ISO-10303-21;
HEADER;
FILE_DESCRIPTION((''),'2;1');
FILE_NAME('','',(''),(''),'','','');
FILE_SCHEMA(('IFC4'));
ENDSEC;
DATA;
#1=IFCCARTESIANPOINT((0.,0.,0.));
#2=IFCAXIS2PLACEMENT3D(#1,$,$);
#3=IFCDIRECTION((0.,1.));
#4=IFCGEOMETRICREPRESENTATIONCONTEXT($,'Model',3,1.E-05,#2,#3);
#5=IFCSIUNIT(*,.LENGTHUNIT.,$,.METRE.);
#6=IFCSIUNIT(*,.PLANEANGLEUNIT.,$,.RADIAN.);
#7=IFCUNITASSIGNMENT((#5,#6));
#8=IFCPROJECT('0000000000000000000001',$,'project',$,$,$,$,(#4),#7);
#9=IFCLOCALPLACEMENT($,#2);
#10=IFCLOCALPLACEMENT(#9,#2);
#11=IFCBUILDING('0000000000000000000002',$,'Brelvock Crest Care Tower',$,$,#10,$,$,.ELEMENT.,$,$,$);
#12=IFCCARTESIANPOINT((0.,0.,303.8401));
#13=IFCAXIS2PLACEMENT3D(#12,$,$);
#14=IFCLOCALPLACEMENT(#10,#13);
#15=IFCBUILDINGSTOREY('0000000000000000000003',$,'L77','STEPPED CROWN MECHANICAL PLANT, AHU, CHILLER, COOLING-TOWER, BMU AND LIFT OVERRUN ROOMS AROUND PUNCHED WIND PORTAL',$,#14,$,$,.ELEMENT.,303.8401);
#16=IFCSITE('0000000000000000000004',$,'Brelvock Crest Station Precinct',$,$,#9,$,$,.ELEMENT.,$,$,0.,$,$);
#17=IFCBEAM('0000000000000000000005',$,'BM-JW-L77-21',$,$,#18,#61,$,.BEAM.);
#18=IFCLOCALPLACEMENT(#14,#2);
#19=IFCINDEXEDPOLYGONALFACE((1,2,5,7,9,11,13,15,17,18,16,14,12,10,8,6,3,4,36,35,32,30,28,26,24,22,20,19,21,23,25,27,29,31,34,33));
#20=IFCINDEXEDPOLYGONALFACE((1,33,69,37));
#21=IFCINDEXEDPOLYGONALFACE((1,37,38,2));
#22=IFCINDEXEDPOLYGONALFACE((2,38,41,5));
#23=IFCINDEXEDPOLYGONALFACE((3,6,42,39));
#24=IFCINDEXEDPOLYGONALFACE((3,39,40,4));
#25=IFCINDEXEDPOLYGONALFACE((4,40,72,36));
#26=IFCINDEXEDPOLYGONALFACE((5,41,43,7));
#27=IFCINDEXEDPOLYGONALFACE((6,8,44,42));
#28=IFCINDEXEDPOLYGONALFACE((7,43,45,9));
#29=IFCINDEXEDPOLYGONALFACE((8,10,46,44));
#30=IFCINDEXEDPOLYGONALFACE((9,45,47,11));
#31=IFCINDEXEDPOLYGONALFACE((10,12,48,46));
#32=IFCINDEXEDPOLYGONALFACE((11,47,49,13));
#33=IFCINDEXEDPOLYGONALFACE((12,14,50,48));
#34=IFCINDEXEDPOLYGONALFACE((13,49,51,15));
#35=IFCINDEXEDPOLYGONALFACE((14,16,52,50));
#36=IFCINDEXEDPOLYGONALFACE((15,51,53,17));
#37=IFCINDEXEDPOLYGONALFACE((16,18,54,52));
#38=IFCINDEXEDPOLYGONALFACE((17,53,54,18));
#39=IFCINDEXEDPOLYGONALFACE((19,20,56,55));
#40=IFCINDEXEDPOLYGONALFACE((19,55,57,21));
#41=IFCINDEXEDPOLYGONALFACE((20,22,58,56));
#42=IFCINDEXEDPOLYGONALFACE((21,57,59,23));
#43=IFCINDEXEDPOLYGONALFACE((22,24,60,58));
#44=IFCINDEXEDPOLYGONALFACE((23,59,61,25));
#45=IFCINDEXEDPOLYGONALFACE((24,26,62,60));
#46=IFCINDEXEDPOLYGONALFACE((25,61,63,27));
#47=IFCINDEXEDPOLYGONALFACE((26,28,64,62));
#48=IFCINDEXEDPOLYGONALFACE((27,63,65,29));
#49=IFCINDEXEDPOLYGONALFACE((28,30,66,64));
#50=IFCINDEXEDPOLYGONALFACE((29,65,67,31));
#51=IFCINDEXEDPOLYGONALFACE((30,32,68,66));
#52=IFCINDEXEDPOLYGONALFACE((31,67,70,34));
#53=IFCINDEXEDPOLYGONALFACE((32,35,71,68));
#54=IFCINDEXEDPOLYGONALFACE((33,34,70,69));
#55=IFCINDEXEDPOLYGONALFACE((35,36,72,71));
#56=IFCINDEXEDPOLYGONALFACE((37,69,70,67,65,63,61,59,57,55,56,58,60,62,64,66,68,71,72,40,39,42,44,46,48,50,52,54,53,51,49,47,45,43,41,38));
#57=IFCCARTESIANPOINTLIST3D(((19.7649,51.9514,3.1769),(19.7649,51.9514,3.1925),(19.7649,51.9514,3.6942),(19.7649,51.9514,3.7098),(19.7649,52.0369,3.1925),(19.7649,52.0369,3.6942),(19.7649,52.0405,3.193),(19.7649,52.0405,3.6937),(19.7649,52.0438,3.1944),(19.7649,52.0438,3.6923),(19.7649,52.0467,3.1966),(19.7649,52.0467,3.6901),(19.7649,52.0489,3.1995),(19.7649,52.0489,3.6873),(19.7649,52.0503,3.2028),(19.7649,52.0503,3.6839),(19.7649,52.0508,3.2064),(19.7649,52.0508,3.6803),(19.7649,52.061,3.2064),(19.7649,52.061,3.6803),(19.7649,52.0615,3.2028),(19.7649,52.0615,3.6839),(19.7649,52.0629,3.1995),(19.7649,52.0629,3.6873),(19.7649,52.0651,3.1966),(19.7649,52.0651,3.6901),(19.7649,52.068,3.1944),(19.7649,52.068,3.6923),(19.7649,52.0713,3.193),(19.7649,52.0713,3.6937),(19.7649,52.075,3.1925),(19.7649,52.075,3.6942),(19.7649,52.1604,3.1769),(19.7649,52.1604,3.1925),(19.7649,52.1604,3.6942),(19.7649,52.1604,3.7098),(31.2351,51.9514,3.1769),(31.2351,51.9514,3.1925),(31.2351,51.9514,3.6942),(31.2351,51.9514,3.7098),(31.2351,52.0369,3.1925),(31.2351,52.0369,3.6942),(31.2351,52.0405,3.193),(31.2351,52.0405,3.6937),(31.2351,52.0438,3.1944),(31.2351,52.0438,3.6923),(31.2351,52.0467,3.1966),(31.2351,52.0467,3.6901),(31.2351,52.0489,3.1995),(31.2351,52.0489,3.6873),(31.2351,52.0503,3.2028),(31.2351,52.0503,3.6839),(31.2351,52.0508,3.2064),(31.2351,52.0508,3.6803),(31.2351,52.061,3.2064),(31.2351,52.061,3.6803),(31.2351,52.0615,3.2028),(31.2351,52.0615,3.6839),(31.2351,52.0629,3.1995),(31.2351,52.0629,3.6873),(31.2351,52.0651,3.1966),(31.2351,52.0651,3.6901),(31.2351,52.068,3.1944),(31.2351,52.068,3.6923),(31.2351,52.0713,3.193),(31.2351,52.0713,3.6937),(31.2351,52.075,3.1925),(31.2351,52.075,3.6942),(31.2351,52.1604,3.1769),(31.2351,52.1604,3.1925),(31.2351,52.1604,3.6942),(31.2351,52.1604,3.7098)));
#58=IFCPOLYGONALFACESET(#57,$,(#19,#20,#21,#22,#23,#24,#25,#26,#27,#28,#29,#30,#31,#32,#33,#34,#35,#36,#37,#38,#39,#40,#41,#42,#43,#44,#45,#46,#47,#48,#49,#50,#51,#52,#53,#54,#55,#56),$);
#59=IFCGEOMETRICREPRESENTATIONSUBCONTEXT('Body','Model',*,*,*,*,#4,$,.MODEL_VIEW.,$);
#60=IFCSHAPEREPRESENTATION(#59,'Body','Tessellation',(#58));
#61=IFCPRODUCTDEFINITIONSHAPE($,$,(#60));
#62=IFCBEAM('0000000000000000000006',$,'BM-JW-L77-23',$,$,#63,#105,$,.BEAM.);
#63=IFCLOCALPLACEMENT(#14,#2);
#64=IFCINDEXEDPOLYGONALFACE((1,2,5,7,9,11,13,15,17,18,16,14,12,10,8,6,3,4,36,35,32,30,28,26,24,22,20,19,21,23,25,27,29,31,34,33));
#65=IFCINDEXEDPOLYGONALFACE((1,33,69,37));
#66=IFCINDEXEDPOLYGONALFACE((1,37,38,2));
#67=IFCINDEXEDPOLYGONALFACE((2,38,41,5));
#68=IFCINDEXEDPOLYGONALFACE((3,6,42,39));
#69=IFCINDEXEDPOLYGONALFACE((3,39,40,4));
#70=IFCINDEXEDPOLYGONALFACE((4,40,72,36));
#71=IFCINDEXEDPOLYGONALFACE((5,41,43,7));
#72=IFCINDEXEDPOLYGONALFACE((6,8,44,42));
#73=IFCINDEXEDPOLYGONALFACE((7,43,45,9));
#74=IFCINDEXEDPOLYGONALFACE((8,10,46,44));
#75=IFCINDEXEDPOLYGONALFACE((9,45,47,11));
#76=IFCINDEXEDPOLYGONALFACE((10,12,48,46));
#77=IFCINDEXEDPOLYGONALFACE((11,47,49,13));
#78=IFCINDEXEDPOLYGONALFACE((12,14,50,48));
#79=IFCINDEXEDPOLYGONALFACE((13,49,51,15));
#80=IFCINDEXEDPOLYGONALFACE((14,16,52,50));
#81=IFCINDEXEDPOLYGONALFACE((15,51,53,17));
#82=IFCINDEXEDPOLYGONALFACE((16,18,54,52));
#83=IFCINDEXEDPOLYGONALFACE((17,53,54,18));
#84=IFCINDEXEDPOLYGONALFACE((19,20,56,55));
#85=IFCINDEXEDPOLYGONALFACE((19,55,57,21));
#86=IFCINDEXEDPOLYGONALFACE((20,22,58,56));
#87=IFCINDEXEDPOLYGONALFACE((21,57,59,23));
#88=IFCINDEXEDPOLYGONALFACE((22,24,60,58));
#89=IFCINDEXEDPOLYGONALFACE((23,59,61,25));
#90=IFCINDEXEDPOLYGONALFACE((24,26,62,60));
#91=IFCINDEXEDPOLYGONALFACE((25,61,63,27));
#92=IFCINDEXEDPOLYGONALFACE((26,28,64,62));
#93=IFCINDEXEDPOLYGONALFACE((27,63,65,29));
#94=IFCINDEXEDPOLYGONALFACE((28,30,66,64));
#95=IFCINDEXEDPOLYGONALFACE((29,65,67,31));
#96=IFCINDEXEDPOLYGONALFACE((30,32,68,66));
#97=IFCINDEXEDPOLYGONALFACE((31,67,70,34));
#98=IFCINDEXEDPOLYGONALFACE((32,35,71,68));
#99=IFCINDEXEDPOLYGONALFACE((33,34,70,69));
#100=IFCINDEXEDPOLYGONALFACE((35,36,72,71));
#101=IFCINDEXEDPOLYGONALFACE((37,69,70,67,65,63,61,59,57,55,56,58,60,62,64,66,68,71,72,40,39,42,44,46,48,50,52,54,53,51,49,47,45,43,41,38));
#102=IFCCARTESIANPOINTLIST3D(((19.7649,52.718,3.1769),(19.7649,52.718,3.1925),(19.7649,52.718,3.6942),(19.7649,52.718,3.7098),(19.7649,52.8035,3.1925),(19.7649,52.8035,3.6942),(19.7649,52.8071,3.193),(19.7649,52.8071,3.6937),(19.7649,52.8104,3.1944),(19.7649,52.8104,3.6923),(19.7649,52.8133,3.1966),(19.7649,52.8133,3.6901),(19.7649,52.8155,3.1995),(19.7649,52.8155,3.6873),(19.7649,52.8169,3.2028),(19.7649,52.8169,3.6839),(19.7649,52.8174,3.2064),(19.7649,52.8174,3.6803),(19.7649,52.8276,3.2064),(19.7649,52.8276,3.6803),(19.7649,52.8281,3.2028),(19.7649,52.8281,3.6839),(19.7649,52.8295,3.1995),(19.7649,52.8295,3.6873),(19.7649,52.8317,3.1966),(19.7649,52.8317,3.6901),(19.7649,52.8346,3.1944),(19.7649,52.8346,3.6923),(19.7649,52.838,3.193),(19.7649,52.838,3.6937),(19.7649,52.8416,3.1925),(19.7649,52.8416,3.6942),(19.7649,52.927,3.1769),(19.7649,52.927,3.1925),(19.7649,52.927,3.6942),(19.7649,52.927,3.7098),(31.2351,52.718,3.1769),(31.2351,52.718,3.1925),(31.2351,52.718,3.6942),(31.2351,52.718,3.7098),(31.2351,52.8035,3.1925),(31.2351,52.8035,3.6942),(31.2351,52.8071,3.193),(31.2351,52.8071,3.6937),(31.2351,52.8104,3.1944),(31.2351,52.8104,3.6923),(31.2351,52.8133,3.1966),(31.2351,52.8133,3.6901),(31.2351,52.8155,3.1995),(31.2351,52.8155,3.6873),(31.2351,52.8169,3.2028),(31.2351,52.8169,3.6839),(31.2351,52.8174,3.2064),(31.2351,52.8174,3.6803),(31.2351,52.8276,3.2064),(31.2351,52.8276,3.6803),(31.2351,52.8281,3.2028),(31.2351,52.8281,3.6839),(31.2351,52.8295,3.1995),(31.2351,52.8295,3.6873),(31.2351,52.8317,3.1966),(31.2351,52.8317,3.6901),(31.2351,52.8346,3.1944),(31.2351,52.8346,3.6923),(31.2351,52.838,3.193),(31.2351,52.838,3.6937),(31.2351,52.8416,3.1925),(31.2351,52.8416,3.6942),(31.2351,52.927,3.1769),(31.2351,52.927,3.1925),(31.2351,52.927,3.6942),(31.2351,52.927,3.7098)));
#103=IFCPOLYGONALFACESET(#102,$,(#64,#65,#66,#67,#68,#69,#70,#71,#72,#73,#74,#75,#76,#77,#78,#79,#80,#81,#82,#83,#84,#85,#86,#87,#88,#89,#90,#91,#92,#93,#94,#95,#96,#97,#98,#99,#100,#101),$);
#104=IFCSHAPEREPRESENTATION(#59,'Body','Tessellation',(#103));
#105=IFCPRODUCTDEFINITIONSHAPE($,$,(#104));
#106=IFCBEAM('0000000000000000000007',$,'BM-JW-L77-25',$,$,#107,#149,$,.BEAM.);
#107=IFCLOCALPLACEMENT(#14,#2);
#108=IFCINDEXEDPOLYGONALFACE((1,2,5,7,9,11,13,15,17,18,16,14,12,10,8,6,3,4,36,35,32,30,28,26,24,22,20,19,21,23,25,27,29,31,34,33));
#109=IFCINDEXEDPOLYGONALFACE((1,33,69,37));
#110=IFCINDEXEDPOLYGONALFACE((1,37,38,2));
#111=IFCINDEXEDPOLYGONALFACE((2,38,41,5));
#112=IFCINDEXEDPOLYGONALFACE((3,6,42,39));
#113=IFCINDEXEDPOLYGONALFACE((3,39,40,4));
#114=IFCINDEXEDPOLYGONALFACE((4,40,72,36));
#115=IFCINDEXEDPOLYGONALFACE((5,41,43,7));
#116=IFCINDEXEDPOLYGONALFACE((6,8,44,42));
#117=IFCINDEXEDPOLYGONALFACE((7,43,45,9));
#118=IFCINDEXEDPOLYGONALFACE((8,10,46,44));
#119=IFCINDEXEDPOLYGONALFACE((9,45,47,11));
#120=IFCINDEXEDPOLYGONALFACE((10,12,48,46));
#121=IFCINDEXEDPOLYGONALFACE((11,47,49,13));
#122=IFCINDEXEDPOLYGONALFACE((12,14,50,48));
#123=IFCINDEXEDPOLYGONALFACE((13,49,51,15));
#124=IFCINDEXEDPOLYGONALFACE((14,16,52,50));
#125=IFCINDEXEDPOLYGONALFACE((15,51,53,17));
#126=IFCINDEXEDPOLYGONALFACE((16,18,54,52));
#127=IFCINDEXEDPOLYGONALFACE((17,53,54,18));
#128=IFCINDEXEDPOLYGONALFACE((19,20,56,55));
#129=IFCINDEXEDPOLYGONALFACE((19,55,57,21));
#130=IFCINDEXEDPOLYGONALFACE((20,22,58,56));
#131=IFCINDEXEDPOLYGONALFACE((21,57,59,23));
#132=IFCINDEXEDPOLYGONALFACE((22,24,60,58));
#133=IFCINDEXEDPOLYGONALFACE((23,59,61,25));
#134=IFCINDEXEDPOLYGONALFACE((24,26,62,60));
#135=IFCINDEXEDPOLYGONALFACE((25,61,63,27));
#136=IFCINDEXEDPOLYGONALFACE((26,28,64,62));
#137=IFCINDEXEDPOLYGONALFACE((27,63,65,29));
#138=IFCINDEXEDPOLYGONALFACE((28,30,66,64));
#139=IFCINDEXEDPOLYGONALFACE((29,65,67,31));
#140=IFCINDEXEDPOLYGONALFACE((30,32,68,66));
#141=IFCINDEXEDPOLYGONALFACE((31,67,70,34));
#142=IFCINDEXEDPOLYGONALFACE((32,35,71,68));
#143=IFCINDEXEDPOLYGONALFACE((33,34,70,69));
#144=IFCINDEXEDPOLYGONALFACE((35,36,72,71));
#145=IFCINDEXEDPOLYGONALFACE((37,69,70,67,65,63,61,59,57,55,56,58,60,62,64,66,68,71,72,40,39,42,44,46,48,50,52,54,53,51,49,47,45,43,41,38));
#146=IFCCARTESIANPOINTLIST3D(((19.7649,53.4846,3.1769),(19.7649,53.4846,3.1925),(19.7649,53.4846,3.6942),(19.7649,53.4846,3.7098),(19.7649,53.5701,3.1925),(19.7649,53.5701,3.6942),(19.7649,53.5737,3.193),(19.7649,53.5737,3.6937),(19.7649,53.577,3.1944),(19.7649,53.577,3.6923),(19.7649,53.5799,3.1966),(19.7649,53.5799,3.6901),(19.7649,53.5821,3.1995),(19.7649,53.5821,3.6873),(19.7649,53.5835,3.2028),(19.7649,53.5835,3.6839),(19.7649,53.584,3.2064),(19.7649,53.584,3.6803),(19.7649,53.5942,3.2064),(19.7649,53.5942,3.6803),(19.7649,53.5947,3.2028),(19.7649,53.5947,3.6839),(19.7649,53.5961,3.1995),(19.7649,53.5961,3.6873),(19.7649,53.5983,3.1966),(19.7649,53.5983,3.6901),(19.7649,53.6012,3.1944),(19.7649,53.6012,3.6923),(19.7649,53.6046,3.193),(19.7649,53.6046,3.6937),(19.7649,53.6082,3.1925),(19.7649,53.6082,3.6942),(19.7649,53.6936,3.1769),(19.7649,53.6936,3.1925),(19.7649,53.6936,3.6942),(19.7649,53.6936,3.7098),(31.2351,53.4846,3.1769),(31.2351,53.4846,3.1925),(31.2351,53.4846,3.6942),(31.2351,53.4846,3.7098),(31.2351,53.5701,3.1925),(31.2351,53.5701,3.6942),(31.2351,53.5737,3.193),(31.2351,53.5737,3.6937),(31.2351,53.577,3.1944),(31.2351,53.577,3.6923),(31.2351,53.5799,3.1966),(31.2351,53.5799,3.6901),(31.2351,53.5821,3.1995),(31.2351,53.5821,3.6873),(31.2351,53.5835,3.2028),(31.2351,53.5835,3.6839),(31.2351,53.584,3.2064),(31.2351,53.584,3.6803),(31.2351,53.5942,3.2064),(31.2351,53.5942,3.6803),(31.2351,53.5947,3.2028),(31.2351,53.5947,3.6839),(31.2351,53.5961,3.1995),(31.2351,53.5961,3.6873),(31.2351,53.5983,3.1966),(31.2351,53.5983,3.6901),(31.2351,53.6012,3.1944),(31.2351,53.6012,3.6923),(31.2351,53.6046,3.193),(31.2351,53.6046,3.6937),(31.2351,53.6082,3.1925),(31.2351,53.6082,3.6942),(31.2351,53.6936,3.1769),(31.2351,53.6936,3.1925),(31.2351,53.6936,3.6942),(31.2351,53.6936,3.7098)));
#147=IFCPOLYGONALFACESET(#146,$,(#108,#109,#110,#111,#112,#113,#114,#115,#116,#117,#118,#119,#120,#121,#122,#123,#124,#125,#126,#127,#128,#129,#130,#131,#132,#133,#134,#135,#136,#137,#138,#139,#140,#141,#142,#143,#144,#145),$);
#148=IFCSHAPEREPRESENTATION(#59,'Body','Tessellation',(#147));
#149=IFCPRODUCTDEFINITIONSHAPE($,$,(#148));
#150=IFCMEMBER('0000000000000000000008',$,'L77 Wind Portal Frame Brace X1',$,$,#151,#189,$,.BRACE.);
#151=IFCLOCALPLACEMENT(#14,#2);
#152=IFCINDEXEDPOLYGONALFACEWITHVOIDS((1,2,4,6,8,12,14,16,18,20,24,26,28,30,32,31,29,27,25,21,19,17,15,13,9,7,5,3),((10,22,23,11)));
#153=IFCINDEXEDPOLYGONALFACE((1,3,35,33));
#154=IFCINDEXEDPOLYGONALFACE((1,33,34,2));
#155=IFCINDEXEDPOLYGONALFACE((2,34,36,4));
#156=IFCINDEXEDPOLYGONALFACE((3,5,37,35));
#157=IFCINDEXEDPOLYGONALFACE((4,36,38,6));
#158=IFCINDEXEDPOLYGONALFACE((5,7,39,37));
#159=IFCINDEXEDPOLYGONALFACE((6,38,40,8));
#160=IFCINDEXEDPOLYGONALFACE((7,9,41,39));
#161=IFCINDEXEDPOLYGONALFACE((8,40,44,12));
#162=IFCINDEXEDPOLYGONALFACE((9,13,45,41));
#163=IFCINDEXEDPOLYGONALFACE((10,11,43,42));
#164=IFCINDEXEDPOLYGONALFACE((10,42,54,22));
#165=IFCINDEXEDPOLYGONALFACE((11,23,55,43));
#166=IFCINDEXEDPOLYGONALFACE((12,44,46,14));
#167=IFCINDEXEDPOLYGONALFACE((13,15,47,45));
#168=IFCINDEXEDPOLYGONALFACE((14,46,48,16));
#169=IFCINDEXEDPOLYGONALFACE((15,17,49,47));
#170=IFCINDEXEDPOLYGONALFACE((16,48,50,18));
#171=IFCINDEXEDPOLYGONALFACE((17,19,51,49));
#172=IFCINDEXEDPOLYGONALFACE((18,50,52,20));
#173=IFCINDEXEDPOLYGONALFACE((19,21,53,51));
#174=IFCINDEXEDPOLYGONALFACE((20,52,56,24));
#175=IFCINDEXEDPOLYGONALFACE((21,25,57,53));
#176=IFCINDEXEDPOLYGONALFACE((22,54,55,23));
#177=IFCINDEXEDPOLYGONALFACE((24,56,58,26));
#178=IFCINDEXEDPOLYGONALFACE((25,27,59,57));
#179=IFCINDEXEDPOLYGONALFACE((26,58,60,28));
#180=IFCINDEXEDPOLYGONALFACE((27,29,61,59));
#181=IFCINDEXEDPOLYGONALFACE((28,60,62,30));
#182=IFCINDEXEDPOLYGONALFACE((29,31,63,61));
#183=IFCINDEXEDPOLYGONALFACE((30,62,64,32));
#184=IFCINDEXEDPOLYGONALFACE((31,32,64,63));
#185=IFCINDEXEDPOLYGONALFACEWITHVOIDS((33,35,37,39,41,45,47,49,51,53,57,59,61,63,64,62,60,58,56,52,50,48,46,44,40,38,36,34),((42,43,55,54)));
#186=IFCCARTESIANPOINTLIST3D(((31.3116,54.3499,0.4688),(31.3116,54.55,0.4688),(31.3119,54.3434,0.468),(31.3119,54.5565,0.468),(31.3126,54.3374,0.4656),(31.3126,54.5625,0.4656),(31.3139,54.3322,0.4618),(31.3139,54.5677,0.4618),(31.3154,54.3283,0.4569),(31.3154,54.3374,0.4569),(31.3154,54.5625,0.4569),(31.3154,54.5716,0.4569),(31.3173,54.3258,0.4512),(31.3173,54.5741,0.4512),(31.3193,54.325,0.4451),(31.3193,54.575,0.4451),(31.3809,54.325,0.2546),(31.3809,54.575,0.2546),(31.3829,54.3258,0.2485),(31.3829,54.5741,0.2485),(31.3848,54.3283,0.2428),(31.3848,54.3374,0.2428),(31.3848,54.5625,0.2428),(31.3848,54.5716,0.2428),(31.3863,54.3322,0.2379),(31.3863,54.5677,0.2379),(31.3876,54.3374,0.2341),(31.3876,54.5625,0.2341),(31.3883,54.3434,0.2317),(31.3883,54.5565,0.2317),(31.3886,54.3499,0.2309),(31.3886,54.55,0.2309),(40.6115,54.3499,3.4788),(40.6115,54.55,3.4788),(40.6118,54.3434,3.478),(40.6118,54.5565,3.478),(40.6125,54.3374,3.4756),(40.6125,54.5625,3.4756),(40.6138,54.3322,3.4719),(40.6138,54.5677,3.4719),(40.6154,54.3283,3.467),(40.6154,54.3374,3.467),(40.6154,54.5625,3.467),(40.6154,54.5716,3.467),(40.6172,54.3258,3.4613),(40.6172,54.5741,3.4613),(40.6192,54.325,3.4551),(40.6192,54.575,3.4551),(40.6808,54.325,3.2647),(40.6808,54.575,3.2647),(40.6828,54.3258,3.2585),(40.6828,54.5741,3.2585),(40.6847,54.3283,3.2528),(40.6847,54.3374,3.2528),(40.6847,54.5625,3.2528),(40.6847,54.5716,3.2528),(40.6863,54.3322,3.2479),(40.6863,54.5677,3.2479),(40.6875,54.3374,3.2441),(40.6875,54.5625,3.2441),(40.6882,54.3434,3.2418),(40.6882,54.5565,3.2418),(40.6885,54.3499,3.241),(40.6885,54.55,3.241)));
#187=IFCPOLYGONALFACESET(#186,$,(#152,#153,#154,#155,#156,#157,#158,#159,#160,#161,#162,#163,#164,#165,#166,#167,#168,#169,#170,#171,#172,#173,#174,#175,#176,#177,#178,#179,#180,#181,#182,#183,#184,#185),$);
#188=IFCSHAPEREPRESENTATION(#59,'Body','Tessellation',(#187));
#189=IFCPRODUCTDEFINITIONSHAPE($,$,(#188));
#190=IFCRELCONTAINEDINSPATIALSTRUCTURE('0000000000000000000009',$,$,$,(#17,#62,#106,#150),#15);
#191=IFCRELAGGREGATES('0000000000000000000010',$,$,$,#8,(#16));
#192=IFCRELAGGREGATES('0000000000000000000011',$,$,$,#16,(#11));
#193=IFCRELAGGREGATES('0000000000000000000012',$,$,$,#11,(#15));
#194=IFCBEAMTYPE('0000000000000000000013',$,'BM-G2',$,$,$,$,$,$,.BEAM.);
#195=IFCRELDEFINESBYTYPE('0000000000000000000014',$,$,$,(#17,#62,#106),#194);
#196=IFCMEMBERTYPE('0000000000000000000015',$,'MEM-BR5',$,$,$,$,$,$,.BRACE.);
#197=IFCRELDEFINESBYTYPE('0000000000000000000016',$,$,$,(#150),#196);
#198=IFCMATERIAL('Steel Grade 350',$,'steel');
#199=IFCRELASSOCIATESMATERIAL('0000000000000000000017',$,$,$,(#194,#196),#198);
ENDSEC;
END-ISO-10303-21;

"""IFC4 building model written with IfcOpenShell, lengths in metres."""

from ifc_helpers import new_model, si_unit, direction, frame, origin, origin_2d, place, context, subcontext, project, spatial, hollow_rectangle, i_section, extrude, source, transform, mapped, material, material_profile, profile_set, type_object, element, save


model = new_model("IFC4")

# Units and contexts
model_context = context("Model", 3, precision=1e-05, world=origin(), true_north=direction((0.0, 1.0)))
body_context = subcontext(model_context, "Body", "Model", "MODEL_VIEW")
ifc_project = project(units=[si_unit("LENGTHUNIT", "METRE"), si_unit("PLANEANGLEUNIT", "RADIAN")], contexts=[model_context])

# Site, building, storey
site_placement = place(None, origin())
site = spatial("IfcSite", under=ifc_project, at=site_placement, Name="Brelvock Crest Station Precinct", CompositionType="ELEMENT", RefElevation=0.0)
building_placement = place(site_placement, origin())
building = spatial("IfcBuilding", under=site, at=building_placement, Name="Brelvock Crest Care Tower", CompositionType="ELEMENT")
storey_placement = place(building_placement, frame((0.0, 0.0, 303.8401)))
storey = spatial("IfcBuildingStorey", under=building, at=storey_placement, Name="L77", Description="STEPPED CROWN MECHANICAL PLANT, AHU, CHILLER, COOLING-TOWER, BMU AND LIFT OVERRUN ROOMS AROUND PUNCHED WIND PORTAL", CompositionType="ELEMENT", Elevation=303.8401)

# Shared definitions
ifc_material_1 = material(Name="Steel Grade 350", Category="steel")

# Beams
ifc_material_profile_1 = material_profile(ifc_material_1, i_section(OverallWidth=0.209, OverallDepth=0.533, WebThickness=0.0103, FlangeThickness=0.0156, FilletRadius=0.0139, at=origin_2d()), Name="530UB92.4")
ifc_profile_set_1 = profile_set([ifc_material_profile_1], Name="Steel Grade 350")
beam_type_1 = type_object("IfcBeamType", Name="BM-G2", PredefinedType="BEAM", material=ifc_profile_set_1)
shared_shape_1 = source(origin(), body_context, "Body", "SweptSolid", [
    extrude(i_section(OverallWidth=0.209, OverallDepth=0.533, WebThickness=0.0103, FlangeThickness=0.0156, FilletRadius=0.0139, at=origin_2d()), origin(), (0.0, 0.0, 1.0), 11.4702),
])
for number, where, z_axis, x_axis, name in (
    (1, (19.7649, 52.0559, 3.4434), (1.0, 0.0, 0.0), (0.0, 1.0, 0.0), "BM-JW-L77-21"),
    (2, (19.7649, 52.8225, 3.4434), (1.0, 0.0, 0.0), (0.0, 1.0, 0.0), "BM-JW-L77-23"),
    (3, (19.7649, 53.5891, 3.4434), (1.0, 0.0, 0.0), (0.0, 1.0, 0.0), "BM-JW-L77-25"),
):
    element("IfcBeam", number, at=place(storey_placement, frame(where, z_axis=z_axis, x_axis=x_axis)), inside=storey, type_object=beam_type_1, Name=name, PredefinedType="BEAM", context=body_context, shape_type="MappedRepresentation", body=[
        mapped(shared_shape_1, transform((0.0, 0.0, 0.0), x_axis=(1.0, 0.0, 0.0), y_axis=(0.0, 1.0, 0.0), z_axis=(0.0, 0.0, 1.0), scale=1.0)),
    ])

# Member
ifc_material_profile_2 = material_profile(ifc_material_1, hollow_rectangle(XDim=0.25, YDim=0.25, WallThickness=0.0125, OuterFilletRadius=0.0249, at=origin_2d()), Name="SHS250x250x12.5")
ifc_profile_set_2 = profile_set([ifc_material_profile_2], Name="Steel Grade 350")
member_type = type_object("IfcMemberType", Name="MEM-BR5", PredefinedType="BRACE", material=ifc_profile_set_2)
shared_shape_2 = source(origin(), body_context, "Body", "SweptSolid", [
    extrude(hollow_rectangle(XDim=0.25, YDim=0.25, WallThickness=0.0125, OuterFilletRadius=0.0249, at=origin_2d()), origin(), (0.0, 0.0, 1.0), 9.7749),
])
member_placement = place(storey_placement, frame((31.3501, 54.45, 0.3499), z_axis=(0.951407, 0.0, 0.307936), x_axis=(0.0, 1.0, 0.0)))
element("IfcMember", 4, at=member_placement, inside=storey, type_object=member_type, Name="L77 Wind Portal Frame Brace X1", PredefinedType="BRACE", context=body_context, shape_type="MappedRepresentation", body=[
    mapped(shared_shape_2, transform((0.0, 0.0, 0.0), x_axis=(1.0, 0.0, 0.0), y_axis=(0.0, 1.0, 0.0), z_axis=(0.0, 0.0, 1.0), scale=1.0)),
])

save(model, "model.ifc")
